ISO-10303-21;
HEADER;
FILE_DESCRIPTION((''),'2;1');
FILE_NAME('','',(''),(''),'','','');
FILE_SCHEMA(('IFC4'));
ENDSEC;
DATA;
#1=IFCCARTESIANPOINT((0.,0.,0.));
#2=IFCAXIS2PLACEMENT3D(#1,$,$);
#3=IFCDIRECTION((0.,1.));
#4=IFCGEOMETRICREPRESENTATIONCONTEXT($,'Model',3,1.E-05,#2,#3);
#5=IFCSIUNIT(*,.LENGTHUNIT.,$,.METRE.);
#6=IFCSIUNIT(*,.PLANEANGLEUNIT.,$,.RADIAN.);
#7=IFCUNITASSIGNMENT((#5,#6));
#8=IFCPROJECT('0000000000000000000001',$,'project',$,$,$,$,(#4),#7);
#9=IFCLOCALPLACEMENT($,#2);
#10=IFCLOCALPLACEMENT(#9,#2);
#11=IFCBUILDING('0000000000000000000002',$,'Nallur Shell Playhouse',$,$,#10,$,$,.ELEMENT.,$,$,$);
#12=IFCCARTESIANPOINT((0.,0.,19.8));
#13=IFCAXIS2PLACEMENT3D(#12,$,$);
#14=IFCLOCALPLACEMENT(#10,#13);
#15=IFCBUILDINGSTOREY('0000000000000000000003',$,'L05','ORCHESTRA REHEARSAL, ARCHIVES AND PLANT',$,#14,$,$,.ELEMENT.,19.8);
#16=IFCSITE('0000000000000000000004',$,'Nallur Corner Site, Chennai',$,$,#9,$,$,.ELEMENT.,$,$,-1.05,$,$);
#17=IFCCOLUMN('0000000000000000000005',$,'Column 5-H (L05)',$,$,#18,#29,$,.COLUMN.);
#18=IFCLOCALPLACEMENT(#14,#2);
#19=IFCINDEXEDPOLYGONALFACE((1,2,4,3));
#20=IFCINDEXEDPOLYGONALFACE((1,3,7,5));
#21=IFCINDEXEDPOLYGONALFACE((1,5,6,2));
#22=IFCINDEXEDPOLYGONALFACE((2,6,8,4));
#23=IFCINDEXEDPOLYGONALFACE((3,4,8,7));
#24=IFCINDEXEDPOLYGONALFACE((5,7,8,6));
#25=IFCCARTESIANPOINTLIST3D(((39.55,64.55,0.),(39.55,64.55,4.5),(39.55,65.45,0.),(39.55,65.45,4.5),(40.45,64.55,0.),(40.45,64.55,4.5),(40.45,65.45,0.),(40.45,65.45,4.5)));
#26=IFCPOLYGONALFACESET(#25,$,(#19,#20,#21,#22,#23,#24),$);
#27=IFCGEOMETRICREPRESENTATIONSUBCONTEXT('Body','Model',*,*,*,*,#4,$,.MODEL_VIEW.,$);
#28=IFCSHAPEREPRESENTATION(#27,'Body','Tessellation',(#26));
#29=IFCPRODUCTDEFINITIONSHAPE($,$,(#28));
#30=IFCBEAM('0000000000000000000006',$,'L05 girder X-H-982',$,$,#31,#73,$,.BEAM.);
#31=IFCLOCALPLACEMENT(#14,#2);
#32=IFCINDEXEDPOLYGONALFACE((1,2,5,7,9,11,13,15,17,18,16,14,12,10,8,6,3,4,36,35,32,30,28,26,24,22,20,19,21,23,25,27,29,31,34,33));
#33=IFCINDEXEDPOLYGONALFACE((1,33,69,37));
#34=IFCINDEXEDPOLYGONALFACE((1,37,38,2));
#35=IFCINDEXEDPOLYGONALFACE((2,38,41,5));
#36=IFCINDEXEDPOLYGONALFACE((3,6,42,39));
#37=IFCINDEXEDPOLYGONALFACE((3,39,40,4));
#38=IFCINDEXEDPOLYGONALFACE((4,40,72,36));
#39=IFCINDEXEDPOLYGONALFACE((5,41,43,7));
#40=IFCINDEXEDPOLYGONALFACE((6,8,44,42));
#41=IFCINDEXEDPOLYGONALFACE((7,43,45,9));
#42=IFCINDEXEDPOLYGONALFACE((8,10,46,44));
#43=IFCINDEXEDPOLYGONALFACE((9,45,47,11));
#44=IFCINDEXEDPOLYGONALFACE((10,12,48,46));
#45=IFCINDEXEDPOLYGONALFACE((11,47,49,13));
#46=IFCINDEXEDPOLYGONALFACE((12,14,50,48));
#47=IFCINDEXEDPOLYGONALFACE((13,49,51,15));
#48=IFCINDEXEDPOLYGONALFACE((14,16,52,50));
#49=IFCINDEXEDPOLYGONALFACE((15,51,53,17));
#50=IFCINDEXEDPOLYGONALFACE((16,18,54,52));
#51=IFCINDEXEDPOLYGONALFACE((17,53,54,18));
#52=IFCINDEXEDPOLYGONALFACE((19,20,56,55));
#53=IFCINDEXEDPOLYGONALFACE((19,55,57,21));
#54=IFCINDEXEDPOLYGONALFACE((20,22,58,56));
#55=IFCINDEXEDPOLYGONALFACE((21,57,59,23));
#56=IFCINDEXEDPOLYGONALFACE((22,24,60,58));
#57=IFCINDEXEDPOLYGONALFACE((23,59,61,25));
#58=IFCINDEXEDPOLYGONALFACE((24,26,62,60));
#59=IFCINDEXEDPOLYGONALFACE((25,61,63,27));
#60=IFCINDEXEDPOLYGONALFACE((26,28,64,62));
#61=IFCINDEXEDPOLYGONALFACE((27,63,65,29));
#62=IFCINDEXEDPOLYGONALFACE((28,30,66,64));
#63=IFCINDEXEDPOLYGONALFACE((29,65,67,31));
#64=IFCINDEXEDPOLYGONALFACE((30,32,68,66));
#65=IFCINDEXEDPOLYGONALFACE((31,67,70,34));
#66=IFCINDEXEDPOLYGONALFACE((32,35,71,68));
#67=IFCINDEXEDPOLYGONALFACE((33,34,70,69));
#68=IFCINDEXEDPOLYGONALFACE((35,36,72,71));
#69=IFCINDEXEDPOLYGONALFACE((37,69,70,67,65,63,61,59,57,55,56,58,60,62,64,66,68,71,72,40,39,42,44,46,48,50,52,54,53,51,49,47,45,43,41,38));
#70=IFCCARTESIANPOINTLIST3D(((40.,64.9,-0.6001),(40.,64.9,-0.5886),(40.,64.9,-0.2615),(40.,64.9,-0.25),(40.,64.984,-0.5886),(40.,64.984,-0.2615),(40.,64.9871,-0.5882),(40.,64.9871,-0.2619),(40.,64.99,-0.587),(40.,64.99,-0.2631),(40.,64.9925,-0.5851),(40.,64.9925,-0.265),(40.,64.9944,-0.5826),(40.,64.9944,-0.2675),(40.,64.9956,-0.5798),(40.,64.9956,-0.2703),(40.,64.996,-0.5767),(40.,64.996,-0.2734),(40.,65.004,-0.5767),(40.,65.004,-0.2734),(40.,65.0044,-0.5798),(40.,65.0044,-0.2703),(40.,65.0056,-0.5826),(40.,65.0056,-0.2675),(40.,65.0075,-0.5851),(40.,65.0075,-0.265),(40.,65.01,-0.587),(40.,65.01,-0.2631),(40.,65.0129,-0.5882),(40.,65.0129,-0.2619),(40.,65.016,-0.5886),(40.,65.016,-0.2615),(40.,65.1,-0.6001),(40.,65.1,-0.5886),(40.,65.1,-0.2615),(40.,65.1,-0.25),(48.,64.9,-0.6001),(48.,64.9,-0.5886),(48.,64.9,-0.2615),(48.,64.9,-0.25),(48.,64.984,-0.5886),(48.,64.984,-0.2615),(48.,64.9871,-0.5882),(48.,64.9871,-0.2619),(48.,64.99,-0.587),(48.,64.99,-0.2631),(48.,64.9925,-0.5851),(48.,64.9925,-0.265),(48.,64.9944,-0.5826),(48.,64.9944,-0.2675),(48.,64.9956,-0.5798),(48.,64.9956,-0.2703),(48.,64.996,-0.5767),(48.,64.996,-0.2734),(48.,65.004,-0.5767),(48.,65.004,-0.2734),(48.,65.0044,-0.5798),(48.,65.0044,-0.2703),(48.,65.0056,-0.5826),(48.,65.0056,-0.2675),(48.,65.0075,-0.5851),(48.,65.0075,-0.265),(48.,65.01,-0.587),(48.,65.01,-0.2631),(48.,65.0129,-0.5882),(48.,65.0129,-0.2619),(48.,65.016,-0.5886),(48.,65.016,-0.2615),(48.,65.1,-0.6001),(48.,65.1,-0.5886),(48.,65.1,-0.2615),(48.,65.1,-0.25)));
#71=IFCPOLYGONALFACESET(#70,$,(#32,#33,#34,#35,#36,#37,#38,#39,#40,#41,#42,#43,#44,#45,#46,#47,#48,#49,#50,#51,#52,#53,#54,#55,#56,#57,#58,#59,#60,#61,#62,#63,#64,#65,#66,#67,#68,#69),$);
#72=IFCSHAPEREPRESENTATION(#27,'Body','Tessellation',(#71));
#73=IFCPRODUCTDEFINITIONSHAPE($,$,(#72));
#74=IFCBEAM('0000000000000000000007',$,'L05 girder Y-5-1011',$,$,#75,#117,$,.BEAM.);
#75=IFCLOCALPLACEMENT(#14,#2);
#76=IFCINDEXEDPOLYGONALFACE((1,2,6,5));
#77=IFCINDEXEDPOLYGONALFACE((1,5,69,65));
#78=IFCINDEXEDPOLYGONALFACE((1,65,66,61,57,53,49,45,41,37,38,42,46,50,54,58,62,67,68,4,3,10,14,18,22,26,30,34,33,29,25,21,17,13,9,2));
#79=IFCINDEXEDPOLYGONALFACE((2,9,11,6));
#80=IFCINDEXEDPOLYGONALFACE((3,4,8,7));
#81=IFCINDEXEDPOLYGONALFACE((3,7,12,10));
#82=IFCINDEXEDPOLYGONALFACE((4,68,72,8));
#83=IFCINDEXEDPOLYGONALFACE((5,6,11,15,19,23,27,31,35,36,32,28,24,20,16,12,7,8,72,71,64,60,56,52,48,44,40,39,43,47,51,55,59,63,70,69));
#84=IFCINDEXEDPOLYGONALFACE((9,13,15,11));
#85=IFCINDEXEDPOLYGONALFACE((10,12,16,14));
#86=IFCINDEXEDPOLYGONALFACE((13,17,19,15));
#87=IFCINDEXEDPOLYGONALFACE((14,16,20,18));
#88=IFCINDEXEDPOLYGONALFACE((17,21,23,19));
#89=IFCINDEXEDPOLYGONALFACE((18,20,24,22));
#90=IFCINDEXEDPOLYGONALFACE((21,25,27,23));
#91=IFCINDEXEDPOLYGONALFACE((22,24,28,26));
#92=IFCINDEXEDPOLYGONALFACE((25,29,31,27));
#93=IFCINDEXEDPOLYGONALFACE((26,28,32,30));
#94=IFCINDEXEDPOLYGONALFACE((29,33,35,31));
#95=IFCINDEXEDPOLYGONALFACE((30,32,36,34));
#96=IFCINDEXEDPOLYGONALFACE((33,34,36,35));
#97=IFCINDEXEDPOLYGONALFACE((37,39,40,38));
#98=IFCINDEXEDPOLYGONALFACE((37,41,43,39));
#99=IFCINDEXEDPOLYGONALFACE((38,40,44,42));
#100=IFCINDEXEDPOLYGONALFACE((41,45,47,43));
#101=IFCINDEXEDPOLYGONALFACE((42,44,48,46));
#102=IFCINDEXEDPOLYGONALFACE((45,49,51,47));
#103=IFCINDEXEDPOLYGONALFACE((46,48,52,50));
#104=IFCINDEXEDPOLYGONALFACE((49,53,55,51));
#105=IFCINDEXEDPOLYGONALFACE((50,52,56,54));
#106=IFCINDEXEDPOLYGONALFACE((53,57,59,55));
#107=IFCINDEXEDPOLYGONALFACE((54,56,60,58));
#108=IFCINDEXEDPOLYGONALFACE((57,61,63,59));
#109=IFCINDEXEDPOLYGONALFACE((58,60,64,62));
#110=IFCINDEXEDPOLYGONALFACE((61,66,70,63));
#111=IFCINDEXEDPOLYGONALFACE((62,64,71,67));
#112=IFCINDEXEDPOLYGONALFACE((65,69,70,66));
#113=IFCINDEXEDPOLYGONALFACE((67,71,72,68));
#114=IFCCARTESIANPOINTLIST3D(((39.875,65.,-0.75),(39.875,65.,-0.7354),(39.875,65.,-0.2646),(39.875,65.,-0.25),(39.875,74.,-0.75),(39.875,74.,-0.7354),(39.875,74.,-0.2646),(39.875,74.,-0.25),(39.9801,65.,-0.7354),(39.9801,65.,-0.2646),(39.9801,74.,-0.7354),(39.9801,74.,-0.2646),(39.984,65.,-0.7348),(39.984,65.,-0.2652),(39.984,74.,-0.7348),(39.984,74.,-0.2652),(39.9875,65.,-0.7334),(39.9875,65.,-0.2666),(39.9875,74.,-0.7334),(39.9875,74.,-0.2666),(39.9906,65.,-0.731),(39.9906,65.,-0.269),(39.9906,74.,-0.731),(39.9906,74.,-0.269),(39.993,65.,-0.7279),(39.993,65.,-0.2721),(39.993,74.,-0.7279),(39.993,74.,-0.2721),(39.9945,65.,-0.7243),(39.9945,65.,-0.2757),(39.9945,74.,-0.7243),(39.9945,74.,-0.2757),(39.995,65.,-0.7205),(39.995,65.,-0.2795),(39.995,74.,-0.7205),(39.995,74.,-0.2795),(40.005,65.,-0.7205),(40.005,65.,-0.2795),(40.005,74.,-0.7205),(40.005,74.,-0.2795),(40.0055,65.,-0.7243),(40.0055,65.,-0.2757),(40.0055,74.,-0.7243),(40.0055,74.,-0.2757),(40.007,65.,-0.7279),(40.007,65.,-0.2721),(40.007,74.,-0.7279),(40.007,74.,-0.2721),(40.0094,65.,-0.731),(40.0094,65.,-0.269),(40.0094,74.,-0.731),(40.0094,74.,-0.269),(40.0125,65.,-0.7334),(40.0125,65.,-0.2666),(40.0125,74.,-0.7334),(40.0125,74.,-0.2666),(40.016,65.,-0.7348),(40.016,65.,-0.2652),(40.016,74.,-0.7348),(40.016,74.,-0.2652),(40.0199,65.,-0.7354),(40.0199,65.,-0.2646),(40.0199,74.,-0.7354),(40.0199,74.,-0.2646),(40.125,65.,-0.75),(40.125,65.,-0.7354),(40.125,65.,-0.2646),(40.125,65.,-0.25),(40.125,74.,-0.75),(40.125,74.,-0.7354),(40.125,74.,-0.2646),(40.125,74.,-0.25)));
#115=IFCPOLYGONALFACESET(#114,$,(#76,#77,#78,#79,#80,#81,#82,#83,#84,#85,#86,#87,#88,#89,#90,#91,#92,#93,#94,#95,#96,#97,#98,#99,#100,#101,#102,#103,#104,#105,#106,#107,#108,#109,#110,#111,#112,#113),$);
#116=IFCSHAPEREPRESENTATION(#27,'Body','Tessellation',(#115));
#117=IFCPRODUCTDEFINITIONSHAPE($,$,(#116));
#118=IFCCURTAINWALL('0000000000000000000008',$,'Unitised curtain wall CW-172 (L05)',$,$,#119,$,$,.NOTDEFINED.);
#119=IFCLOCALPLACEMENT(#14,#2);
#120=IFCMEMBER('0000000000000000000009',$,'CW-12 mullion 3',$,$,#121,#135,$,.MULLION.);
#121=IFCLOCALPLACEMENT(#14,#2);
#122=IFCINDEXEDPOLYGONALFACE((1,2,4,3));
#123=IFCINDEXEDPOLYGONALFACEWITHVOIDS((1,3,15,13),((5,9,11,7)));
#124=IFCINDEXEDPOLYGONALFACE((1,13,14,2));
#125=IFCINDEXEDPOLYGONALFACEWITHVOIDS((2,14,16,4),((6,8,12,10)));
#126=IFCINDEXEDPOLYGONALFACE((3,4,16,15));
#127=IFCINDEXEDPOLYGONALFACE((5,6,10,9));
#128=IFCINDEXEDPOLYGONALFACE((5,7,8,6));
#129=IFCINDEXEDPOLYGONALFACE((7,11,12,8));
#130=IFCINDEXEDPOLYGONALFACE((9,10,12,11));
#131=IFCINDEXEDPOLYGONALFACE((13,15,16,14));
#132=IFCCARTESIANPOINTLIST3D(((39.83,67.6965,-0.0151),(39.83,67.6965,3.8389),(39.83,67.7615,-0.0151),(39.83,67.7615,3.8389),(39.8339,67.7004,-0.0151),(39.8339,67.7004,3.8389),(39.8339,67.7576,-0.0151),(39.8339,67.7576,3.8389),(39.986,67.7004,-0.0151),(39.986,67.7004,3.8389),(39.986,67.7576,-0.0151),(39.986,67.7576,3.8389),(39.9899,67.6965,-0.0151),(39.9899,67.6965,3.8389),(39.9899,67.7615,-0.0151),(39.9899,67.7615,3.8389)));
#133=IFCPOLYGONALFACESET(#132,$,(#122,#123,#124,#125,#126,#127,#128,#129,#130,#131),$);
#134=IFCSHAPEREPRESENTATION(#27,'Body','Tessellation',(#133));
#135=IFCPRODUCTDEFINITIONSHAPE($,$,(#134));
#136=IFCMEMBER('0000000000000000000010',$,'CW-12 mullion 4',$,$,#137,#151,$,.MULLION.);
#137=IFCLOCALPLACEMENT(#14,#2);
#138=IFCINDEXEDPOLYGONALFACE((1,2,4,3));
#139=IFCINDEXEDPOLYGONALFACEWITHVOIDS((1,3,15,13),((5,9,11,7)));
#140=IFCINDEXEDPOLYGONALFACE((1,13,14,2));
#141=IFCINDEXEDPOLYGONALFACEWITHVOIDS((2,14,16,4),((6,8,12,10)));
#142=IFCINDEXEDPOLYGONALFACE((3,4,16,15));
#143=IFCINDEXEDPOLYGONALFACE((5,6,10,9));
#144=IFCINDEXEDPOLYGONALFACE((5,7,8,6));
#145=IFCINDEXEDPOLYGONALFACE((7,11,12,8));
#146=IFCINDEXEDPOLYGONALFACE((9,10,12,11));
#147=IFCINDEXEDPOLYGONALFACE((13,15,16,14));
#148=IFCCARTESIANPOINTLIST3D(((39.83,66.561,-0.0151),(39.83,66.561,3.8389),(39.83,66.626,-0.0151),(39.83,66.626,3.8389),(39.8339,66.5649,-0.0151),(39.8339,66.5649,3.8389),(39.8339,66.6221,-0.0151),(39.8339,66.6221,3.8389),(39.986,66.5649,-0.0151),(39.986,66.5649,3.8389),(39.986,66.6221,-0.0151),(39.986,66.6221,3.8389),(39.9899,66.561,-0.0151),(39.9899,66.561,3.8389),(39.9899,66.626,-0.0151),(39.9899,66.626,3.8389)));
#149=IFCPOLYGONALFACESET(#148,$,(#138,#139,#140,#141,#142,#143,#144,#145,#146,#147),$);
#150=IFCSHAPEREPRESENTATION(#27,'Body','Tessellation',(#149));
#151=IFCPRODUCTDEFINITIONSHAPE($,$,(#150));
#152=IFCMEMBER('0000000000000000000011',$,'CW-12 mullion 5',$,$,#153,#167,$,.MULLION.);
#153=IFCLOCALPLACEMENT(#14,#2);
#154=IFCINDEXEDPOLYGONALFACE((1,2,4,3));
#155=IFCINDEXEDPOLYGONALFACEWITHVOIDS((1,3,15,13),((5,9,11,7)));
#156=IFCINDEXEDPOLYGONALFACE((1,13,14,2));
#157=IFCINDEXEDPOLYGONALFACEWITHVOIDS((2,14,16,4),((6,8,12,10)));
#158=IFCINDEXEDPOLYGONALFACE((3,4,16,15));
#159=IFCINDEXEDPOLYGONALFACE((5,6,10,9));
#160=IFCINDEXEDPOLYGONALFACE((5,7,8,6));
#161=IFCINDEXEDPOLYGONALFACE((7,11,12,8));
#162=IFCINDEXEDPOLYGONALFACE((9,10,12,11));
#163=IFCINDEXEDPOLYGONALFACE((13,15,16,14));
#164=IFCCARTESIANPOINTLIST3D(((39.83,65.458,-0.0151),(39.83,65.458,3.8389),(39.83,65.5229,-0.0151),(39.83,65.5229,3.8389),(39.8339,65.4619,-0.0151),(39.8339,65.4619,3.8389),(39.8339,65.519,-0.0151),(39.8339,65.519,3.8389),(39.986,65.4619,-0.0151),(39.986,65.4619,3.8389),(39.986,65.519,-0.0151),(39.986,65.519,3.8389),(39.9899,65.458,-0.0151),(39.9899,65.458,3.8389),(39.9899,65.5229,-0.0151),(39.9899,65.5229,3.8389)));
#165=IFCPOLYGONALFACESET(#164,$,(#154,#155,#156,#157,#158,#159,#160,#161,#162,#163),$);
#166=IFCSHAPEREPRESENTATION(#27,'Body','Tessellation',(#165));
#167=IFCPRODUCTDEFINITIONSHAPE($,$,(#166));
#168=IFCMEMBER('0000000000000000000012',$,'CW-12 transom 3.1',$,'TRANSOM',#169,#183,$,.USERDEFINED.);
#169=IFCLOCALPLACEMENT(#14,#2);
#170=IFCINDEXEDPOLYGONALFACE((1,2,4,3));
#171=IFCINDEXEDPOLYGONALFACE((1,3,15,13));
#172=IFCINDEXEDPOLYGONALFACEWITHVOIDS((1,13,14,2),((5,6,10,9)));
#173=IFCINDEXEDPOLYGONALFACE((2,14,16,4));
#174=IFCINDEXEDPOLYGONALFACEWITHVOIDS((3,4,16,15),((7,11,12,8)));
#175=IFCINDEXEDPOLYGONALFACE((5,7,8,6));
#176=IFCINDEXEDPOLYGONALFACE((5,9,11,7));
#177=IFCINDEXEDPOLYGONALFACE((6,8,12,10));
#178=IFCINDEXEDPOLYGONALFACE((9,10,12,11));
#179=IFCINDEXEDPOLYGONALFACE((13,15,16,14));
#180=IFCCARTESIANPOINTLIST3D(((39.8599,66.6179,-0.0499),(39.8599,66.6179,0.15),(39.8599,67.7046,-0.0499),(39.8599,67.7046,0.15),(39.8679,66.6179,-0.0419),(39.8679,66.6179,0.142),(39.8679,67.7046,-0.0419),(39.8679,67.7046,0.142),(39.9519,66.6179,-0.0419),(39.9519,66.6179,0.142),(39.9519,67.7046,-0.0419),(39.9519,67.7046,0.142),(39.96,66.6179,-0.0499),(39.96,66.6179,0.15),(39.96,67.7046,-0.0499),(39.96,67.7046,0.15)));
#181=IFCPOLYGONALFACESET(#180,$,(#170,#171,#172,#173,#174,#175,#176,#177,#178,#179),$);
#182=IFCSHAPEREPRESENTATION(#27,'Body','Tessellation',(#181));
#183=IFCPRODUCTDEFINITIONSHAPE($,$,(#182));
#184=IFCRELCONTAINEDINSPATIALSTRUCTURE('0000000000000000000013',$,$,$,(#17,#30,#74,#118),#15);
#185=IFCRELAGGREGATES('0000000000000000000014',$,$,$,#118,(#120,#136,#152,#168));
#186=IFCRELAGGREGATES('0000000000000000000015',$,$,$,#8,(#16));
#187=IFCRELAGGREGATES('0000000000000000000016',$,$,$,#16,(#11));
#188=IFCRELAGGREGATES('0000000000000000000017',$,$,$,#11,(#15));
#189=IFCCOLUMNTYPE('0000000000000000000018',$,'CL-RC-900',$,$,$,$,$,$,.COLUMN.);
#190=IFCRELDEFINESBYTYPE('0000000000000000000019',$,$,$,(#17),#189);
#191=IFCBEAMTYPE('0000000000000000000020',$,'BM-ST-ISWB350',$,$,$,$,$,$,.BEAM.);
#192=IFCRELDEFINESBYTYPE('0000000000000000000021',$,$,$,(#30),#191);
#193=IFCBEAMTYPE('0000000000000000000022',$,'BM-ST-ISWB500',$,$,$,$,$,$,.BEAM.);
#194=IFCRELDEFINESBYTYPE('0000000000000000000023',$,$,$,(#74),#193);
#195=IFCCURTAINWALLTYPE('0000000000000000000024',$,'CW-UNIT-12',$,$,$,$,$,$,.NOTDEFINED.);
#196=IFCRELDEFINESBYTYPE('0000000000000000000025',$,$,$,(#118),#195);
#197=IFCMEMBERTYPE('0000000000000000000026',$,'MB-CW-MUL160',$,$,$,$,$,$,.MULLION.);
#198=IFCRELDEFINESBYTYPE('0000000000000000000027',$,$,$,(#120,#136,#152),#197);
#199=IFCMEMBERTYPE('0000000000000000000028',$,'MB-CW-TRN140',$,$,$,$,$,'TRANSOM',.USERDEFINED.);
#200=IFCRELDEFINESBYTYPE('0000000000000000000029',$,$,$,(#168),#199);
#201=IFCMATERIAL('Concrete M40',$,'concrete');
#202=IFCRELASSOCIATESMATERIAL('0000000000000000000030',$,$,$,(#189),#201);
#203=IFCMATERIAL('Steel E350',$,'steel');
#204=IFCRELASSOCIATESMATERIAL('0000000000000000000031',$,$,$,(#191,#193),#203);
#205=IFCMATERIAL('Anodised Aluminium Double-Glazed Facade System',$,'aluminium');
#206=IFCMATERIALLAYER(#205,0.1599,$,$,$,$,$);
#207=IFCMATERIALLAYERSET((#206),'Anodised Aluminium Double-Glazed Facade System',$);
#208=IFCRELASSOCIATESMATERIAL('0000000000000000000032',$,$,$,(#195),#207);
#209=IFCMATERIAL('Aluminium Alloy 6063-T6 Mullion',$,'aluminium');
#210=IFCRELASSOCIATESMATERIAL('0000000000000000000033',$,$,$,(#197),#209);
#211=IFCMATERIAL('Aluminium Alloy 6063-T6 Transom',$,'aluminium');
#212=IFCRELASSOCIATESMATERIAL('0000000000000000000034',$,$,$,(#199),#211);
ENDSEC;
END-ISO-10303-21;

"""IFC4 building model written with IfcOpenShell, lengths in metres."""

from ifc_helpers import new_model, si_unit, direction, frame, origin, origin_2d, place, context, subcontext, project, spatial, rectangle, hollow_rectangle, i_section, extrude, material, layer, layer_set, material_profile, profile_set, type_object, element, aggregate, save


model = new_model("IFC4")

# Units and contexts
model_context = context("Model", 3, precision=1e-05, world=origin(), true_north=direction((0.0, 1.0)))
body_context = subcontext(model_context, "Body", "Model", "MODEL_VIEW")
ifc_project = project(units=[si_unit("LENGTHUNIT", "METRE"), si_unit("PLANEANGLEUNIT", "RADIAN")], contexts=[model_context])

# Site, building, storey
site_placement = place(None, origin())
site = spatial("IfcSite", under=ifc_project, at=site_placement, Name="Nallur Corner Site, Chennai", CompositionType="ELEMENT", RefElevation=-1.05)
building_placement = place(site_placement, origin())
building = spatial("IfcBuilding", under=site, at=building_placement, Name="Nallur Shell Playhouse", CompositionType="ELEMENT")
storey_placement = place(building_placement, frame((0.0, 0.0, 19.8)))
storey = spatial("IfcBuildingStorey", under=building, at=storey_placement, Name="L05", Description="ORCHESTRA REHEARSAL, ARCHIVES AND PLANT", CompositionType="ELEMENT", Elevation=19.8)

# Column
ifc_material_1 = material(Name="Concrete M40", Category="concrete")
ifc_material_profile_1 = material_profile(ifc_material_1, rectangle(XDim=0.8999, YDim=0.8999, at=origin_2d()), Name="RC 900x900")
ifc_profile_set_1 = profile_set([ifc_material_profile_1], Name="Concrete M40")
column_type = type_object("IfcColumnType", Name="CL-RC-900", PredefinedType="COLUMN", material=ifc_profile_set_1)
column_placement = place(storey_placement, frame((40.0, 65.0, 0.0), z_axis=(0.0, 0.0, 1.0), x_axis=(1.0, 0.0, 0.0)))
element("IfcColumn", 1, at=column_placement, inside=storey, type_object=column_type, Name="Column 5-H (L05)", PredefinedType="COLUMN", context=body_context, shape_type="SweptSolid", body=[
    extrude(rectangle(XDim=0.8999, YDim=0.8999, at=origin_2d()), origin(), (0.0, 0.0, 1.0), 4.5),
])

# Beams
ifc_material_2 = material(Name="Steel E350", Category="steel")
ifc_material_profile_2 = material_profile(ifc_material_2, i_section(OverallWidth=0.2, OverallDepth=0.3501, WebThickness=0.0081, FlangeThickness=0.0115, FilletRadius=0.012, at=origin_2d()), Name="ISWB 350")
ifc_profile_set_2 = profile_set([ifc_material_profile_2], Name="Steel E350")
beam_type_1 = type_object("IfcBeamType", Name="BM-ST-ISWB350", PredefinedType="BEAM", material=ifc_profile_set_2)
beam_1_placement = place(storey_placement, frame((40.0, 65.0, -0.425), z_axis=(1.0, 0.0, 0.0), x_axis=(0.0, 1.0, 0.0)))
element("IfcBeam", 2, at=beam_1_placement, inside=storey, type_object=beam_type_1, Name="L05 girder X-H-982", PredefinedType="BEAM", context=body_context, shape_type="SweptSolid", body=[
    extrude(i_section(OverallWidth=0.2, OverallDepth=0.3501, WebThickness=0.0081, FlangeThickness=0.0115, FilletRadius=0.012, at=origin_2d()), origin(), (0.0, 0.0, 1.0), 8.0),
])
ifc_material_profile_3 = material_profile(ifc_material_2, i_section(OverallWidth=0.25, OverallDepth=0.5, WebThickness=0.01, FlangeThickness=0.0146, FilletRadius=0.0149, at=origin_2d()), Name="ISWB 500")
ifc_profile_set_3 = profile_set([ifc_material_profile_3], Name="Steel E350")
beam_type_2 = type_object("IfcBeamType", Name="BM-ST-ISWB500", PredefinedType="BEAM", material=ifc_profile_set_3)
beam_2_placement = place(storey_placement, frame((40.0, 65.0, -0.5), z_axis=(0.0, 1.0, 0.0), x_axis=(-1.0, 0.0, 0.0)))
element("IfcBeam", 3, at=beam_2_placement, inside=storey, type_object=beam_type_2, Name="L05 girder Y-5-1011", PredefinedType="BEAM", context=body_context, shape_type="SweptSolid", body=[
    extrude(i_section(OverallWidth=0.25, OverallDepth=0.5, WebThickness=0.01, FlangeThickness=0.0146, FilletRadius=0.0149, at=origin_2d()), origin(), (0.0, 0.0, 1.0), 9.0),
])

# Curtain wall, members
ifc_material_3 = material(Name="Anodised Aluminium Double-Glazed Facade System", Category="aluminium")
ifc_layer_1 = layer(ifc_material_3, 0.1599)
ifc_layer_set_1 = layer_set([ifc_layer_1], Name="Anodised Aluminium Double-Glazed Facade System")
curtain_wall_type = type_object("IfcCurtainWallType", Name="CW-UNIT-12", PredefinedType="NOTDEFINED", material=ifc_layer_set_1)
curtain_wall_placement = place(storey_placement, origin())
curtain_wall = element("IfcCurtainWall", 4, at=curtain_wall_placement, inside=storey, type_object=curtain_wall_type, Name="Unitised curtain wall CW-172 (L05)", PredefinedType="NOTDEFINED")
ifc_material_4 = material(Name="Aluminium Alloy 6063-T6 Mullion", Category="aluminium")
ifc_material_profile_4 = material_profile(ifc_material_4, hollow_rectangle(XDim=0.0649, YDim=0.1599, WallThickness=0.0039, at=origin_2d()), Name="ALU 65x160x4")
ifc_profile_set_4 = profile_set([ifc_material_profile_4], Name="Aluminium Alloy 6063-T6 Mullion")
member_type_1 = type_object("IfcMemberType", Name="MB-CW-MUL160", PredefinedType="MULLION", material=ifc_profile_set_4)
member_1_placement = place(storey_placement, frame((39.9099, 67.729, -0.0151), z_axis=(0.0, 0.0, 1.0), x_axis=(0.0, -1.0, 0.0)))
member_1 = element("IfcMember", 5, at=member_1_placement, type_object=member_type_1, Name="CW-12 mullion 3", PredefinedType="MULLION", context=body_context, shape_type="SweptSolid", body=[
    extrude(hollow_rectangle(XDim=0.0649, YDim=0.1599, WallThickness=0.0039, at=origin_2d()), origin(), (0.0, 0.0, 1.0), 3.854),
])
member_2_placement = place(storey_placement, frame((39.9099, 66.5935, -0.0151), z_axis=(0.0, 0.0, 1.0), x_axis=(0.0, -1.0, 0.0)))
member_2 = element("IfcMember", 6, at=member_2_placement, type_object=member_type_1, Name="CW-12 mullion 4", PredefinedType="MULLION", context=body_context, shape_type="SweptSolid", body=[
    extrude(hollow_rectangle(XDim=0.0649, YDim=0.1599, WallThickness=0.0039, at=origin_2d()), origin(), (0.0, 0.0, 1.0), 3.854),
])
member_3_placement = place(storey_placement, frame((39.9099, 65.4905, -0.0151), z_axis=(0.0, 0.0, 1.0), x_axis=(0.0, -1.0, 0.0)))
member_3 = element("IfcMember", 7, at=member_3_placement, type_object=member_type_1, Name="CW-12 mullion 5", PredefinedType="MULLION", context=body_context, shape_type="SweptSolid", body=[
    extrude(hollow_rectangle(XDim=0.0649, YDim=0.1599, WallThickness=0.0039, at=origin_2d()), origin(), (0.0, 0.0, 1.0), 3.854),
])
ifc_material_5 = material(Name="Aluminium Alloy 6063-T6 Transom", Category="aluminium")
ifc_material_profile_5 = material_profile(ifc_material_5, hollow_rectangle(XDim=0.1001, YDim=0.2, WallThickness=0.0081, at=origin_2d()), Name="RHS 200x100x8")
ifc_profile_set_5 = profile_set([ifc_material_profile_5], Name="Aluminium Alloy 6063-T6 Transom")
member_type_2 = type_object("IfcMemberType", Name="MB-CW-TRN140", ElementType="TRANSOM", PredefinedType="USERDEFINED", material=ifc_profile_set_5)
member_4_placement = place(storey_placement, frame((39.9099, 67.7046, 0.05), z_axis=(0.0, -1.0, 0.0), x_axis=(1.0, 0.0, 0.0)))
member_4 = element("IfcMember", 8, at=member_4_placement, type_object=member_type_2, Name="CW-12 transom 3.1", ObjectType="TRANSOM", PredefinedType="USERDEFINED", context=body_context, shape_type="SweptSolid", body=[
    extrude(hollow_rectangle(XDim=0.1001, YDim=0.2, WallThickness=0.0081, at=origin_2d()), origin(), (0.0, 0.0, 1.0), 1.0867),
])
aggregate(curtain_wall, [member_1, member_2, member_3, member_4])

save(model, "model.ifc")
